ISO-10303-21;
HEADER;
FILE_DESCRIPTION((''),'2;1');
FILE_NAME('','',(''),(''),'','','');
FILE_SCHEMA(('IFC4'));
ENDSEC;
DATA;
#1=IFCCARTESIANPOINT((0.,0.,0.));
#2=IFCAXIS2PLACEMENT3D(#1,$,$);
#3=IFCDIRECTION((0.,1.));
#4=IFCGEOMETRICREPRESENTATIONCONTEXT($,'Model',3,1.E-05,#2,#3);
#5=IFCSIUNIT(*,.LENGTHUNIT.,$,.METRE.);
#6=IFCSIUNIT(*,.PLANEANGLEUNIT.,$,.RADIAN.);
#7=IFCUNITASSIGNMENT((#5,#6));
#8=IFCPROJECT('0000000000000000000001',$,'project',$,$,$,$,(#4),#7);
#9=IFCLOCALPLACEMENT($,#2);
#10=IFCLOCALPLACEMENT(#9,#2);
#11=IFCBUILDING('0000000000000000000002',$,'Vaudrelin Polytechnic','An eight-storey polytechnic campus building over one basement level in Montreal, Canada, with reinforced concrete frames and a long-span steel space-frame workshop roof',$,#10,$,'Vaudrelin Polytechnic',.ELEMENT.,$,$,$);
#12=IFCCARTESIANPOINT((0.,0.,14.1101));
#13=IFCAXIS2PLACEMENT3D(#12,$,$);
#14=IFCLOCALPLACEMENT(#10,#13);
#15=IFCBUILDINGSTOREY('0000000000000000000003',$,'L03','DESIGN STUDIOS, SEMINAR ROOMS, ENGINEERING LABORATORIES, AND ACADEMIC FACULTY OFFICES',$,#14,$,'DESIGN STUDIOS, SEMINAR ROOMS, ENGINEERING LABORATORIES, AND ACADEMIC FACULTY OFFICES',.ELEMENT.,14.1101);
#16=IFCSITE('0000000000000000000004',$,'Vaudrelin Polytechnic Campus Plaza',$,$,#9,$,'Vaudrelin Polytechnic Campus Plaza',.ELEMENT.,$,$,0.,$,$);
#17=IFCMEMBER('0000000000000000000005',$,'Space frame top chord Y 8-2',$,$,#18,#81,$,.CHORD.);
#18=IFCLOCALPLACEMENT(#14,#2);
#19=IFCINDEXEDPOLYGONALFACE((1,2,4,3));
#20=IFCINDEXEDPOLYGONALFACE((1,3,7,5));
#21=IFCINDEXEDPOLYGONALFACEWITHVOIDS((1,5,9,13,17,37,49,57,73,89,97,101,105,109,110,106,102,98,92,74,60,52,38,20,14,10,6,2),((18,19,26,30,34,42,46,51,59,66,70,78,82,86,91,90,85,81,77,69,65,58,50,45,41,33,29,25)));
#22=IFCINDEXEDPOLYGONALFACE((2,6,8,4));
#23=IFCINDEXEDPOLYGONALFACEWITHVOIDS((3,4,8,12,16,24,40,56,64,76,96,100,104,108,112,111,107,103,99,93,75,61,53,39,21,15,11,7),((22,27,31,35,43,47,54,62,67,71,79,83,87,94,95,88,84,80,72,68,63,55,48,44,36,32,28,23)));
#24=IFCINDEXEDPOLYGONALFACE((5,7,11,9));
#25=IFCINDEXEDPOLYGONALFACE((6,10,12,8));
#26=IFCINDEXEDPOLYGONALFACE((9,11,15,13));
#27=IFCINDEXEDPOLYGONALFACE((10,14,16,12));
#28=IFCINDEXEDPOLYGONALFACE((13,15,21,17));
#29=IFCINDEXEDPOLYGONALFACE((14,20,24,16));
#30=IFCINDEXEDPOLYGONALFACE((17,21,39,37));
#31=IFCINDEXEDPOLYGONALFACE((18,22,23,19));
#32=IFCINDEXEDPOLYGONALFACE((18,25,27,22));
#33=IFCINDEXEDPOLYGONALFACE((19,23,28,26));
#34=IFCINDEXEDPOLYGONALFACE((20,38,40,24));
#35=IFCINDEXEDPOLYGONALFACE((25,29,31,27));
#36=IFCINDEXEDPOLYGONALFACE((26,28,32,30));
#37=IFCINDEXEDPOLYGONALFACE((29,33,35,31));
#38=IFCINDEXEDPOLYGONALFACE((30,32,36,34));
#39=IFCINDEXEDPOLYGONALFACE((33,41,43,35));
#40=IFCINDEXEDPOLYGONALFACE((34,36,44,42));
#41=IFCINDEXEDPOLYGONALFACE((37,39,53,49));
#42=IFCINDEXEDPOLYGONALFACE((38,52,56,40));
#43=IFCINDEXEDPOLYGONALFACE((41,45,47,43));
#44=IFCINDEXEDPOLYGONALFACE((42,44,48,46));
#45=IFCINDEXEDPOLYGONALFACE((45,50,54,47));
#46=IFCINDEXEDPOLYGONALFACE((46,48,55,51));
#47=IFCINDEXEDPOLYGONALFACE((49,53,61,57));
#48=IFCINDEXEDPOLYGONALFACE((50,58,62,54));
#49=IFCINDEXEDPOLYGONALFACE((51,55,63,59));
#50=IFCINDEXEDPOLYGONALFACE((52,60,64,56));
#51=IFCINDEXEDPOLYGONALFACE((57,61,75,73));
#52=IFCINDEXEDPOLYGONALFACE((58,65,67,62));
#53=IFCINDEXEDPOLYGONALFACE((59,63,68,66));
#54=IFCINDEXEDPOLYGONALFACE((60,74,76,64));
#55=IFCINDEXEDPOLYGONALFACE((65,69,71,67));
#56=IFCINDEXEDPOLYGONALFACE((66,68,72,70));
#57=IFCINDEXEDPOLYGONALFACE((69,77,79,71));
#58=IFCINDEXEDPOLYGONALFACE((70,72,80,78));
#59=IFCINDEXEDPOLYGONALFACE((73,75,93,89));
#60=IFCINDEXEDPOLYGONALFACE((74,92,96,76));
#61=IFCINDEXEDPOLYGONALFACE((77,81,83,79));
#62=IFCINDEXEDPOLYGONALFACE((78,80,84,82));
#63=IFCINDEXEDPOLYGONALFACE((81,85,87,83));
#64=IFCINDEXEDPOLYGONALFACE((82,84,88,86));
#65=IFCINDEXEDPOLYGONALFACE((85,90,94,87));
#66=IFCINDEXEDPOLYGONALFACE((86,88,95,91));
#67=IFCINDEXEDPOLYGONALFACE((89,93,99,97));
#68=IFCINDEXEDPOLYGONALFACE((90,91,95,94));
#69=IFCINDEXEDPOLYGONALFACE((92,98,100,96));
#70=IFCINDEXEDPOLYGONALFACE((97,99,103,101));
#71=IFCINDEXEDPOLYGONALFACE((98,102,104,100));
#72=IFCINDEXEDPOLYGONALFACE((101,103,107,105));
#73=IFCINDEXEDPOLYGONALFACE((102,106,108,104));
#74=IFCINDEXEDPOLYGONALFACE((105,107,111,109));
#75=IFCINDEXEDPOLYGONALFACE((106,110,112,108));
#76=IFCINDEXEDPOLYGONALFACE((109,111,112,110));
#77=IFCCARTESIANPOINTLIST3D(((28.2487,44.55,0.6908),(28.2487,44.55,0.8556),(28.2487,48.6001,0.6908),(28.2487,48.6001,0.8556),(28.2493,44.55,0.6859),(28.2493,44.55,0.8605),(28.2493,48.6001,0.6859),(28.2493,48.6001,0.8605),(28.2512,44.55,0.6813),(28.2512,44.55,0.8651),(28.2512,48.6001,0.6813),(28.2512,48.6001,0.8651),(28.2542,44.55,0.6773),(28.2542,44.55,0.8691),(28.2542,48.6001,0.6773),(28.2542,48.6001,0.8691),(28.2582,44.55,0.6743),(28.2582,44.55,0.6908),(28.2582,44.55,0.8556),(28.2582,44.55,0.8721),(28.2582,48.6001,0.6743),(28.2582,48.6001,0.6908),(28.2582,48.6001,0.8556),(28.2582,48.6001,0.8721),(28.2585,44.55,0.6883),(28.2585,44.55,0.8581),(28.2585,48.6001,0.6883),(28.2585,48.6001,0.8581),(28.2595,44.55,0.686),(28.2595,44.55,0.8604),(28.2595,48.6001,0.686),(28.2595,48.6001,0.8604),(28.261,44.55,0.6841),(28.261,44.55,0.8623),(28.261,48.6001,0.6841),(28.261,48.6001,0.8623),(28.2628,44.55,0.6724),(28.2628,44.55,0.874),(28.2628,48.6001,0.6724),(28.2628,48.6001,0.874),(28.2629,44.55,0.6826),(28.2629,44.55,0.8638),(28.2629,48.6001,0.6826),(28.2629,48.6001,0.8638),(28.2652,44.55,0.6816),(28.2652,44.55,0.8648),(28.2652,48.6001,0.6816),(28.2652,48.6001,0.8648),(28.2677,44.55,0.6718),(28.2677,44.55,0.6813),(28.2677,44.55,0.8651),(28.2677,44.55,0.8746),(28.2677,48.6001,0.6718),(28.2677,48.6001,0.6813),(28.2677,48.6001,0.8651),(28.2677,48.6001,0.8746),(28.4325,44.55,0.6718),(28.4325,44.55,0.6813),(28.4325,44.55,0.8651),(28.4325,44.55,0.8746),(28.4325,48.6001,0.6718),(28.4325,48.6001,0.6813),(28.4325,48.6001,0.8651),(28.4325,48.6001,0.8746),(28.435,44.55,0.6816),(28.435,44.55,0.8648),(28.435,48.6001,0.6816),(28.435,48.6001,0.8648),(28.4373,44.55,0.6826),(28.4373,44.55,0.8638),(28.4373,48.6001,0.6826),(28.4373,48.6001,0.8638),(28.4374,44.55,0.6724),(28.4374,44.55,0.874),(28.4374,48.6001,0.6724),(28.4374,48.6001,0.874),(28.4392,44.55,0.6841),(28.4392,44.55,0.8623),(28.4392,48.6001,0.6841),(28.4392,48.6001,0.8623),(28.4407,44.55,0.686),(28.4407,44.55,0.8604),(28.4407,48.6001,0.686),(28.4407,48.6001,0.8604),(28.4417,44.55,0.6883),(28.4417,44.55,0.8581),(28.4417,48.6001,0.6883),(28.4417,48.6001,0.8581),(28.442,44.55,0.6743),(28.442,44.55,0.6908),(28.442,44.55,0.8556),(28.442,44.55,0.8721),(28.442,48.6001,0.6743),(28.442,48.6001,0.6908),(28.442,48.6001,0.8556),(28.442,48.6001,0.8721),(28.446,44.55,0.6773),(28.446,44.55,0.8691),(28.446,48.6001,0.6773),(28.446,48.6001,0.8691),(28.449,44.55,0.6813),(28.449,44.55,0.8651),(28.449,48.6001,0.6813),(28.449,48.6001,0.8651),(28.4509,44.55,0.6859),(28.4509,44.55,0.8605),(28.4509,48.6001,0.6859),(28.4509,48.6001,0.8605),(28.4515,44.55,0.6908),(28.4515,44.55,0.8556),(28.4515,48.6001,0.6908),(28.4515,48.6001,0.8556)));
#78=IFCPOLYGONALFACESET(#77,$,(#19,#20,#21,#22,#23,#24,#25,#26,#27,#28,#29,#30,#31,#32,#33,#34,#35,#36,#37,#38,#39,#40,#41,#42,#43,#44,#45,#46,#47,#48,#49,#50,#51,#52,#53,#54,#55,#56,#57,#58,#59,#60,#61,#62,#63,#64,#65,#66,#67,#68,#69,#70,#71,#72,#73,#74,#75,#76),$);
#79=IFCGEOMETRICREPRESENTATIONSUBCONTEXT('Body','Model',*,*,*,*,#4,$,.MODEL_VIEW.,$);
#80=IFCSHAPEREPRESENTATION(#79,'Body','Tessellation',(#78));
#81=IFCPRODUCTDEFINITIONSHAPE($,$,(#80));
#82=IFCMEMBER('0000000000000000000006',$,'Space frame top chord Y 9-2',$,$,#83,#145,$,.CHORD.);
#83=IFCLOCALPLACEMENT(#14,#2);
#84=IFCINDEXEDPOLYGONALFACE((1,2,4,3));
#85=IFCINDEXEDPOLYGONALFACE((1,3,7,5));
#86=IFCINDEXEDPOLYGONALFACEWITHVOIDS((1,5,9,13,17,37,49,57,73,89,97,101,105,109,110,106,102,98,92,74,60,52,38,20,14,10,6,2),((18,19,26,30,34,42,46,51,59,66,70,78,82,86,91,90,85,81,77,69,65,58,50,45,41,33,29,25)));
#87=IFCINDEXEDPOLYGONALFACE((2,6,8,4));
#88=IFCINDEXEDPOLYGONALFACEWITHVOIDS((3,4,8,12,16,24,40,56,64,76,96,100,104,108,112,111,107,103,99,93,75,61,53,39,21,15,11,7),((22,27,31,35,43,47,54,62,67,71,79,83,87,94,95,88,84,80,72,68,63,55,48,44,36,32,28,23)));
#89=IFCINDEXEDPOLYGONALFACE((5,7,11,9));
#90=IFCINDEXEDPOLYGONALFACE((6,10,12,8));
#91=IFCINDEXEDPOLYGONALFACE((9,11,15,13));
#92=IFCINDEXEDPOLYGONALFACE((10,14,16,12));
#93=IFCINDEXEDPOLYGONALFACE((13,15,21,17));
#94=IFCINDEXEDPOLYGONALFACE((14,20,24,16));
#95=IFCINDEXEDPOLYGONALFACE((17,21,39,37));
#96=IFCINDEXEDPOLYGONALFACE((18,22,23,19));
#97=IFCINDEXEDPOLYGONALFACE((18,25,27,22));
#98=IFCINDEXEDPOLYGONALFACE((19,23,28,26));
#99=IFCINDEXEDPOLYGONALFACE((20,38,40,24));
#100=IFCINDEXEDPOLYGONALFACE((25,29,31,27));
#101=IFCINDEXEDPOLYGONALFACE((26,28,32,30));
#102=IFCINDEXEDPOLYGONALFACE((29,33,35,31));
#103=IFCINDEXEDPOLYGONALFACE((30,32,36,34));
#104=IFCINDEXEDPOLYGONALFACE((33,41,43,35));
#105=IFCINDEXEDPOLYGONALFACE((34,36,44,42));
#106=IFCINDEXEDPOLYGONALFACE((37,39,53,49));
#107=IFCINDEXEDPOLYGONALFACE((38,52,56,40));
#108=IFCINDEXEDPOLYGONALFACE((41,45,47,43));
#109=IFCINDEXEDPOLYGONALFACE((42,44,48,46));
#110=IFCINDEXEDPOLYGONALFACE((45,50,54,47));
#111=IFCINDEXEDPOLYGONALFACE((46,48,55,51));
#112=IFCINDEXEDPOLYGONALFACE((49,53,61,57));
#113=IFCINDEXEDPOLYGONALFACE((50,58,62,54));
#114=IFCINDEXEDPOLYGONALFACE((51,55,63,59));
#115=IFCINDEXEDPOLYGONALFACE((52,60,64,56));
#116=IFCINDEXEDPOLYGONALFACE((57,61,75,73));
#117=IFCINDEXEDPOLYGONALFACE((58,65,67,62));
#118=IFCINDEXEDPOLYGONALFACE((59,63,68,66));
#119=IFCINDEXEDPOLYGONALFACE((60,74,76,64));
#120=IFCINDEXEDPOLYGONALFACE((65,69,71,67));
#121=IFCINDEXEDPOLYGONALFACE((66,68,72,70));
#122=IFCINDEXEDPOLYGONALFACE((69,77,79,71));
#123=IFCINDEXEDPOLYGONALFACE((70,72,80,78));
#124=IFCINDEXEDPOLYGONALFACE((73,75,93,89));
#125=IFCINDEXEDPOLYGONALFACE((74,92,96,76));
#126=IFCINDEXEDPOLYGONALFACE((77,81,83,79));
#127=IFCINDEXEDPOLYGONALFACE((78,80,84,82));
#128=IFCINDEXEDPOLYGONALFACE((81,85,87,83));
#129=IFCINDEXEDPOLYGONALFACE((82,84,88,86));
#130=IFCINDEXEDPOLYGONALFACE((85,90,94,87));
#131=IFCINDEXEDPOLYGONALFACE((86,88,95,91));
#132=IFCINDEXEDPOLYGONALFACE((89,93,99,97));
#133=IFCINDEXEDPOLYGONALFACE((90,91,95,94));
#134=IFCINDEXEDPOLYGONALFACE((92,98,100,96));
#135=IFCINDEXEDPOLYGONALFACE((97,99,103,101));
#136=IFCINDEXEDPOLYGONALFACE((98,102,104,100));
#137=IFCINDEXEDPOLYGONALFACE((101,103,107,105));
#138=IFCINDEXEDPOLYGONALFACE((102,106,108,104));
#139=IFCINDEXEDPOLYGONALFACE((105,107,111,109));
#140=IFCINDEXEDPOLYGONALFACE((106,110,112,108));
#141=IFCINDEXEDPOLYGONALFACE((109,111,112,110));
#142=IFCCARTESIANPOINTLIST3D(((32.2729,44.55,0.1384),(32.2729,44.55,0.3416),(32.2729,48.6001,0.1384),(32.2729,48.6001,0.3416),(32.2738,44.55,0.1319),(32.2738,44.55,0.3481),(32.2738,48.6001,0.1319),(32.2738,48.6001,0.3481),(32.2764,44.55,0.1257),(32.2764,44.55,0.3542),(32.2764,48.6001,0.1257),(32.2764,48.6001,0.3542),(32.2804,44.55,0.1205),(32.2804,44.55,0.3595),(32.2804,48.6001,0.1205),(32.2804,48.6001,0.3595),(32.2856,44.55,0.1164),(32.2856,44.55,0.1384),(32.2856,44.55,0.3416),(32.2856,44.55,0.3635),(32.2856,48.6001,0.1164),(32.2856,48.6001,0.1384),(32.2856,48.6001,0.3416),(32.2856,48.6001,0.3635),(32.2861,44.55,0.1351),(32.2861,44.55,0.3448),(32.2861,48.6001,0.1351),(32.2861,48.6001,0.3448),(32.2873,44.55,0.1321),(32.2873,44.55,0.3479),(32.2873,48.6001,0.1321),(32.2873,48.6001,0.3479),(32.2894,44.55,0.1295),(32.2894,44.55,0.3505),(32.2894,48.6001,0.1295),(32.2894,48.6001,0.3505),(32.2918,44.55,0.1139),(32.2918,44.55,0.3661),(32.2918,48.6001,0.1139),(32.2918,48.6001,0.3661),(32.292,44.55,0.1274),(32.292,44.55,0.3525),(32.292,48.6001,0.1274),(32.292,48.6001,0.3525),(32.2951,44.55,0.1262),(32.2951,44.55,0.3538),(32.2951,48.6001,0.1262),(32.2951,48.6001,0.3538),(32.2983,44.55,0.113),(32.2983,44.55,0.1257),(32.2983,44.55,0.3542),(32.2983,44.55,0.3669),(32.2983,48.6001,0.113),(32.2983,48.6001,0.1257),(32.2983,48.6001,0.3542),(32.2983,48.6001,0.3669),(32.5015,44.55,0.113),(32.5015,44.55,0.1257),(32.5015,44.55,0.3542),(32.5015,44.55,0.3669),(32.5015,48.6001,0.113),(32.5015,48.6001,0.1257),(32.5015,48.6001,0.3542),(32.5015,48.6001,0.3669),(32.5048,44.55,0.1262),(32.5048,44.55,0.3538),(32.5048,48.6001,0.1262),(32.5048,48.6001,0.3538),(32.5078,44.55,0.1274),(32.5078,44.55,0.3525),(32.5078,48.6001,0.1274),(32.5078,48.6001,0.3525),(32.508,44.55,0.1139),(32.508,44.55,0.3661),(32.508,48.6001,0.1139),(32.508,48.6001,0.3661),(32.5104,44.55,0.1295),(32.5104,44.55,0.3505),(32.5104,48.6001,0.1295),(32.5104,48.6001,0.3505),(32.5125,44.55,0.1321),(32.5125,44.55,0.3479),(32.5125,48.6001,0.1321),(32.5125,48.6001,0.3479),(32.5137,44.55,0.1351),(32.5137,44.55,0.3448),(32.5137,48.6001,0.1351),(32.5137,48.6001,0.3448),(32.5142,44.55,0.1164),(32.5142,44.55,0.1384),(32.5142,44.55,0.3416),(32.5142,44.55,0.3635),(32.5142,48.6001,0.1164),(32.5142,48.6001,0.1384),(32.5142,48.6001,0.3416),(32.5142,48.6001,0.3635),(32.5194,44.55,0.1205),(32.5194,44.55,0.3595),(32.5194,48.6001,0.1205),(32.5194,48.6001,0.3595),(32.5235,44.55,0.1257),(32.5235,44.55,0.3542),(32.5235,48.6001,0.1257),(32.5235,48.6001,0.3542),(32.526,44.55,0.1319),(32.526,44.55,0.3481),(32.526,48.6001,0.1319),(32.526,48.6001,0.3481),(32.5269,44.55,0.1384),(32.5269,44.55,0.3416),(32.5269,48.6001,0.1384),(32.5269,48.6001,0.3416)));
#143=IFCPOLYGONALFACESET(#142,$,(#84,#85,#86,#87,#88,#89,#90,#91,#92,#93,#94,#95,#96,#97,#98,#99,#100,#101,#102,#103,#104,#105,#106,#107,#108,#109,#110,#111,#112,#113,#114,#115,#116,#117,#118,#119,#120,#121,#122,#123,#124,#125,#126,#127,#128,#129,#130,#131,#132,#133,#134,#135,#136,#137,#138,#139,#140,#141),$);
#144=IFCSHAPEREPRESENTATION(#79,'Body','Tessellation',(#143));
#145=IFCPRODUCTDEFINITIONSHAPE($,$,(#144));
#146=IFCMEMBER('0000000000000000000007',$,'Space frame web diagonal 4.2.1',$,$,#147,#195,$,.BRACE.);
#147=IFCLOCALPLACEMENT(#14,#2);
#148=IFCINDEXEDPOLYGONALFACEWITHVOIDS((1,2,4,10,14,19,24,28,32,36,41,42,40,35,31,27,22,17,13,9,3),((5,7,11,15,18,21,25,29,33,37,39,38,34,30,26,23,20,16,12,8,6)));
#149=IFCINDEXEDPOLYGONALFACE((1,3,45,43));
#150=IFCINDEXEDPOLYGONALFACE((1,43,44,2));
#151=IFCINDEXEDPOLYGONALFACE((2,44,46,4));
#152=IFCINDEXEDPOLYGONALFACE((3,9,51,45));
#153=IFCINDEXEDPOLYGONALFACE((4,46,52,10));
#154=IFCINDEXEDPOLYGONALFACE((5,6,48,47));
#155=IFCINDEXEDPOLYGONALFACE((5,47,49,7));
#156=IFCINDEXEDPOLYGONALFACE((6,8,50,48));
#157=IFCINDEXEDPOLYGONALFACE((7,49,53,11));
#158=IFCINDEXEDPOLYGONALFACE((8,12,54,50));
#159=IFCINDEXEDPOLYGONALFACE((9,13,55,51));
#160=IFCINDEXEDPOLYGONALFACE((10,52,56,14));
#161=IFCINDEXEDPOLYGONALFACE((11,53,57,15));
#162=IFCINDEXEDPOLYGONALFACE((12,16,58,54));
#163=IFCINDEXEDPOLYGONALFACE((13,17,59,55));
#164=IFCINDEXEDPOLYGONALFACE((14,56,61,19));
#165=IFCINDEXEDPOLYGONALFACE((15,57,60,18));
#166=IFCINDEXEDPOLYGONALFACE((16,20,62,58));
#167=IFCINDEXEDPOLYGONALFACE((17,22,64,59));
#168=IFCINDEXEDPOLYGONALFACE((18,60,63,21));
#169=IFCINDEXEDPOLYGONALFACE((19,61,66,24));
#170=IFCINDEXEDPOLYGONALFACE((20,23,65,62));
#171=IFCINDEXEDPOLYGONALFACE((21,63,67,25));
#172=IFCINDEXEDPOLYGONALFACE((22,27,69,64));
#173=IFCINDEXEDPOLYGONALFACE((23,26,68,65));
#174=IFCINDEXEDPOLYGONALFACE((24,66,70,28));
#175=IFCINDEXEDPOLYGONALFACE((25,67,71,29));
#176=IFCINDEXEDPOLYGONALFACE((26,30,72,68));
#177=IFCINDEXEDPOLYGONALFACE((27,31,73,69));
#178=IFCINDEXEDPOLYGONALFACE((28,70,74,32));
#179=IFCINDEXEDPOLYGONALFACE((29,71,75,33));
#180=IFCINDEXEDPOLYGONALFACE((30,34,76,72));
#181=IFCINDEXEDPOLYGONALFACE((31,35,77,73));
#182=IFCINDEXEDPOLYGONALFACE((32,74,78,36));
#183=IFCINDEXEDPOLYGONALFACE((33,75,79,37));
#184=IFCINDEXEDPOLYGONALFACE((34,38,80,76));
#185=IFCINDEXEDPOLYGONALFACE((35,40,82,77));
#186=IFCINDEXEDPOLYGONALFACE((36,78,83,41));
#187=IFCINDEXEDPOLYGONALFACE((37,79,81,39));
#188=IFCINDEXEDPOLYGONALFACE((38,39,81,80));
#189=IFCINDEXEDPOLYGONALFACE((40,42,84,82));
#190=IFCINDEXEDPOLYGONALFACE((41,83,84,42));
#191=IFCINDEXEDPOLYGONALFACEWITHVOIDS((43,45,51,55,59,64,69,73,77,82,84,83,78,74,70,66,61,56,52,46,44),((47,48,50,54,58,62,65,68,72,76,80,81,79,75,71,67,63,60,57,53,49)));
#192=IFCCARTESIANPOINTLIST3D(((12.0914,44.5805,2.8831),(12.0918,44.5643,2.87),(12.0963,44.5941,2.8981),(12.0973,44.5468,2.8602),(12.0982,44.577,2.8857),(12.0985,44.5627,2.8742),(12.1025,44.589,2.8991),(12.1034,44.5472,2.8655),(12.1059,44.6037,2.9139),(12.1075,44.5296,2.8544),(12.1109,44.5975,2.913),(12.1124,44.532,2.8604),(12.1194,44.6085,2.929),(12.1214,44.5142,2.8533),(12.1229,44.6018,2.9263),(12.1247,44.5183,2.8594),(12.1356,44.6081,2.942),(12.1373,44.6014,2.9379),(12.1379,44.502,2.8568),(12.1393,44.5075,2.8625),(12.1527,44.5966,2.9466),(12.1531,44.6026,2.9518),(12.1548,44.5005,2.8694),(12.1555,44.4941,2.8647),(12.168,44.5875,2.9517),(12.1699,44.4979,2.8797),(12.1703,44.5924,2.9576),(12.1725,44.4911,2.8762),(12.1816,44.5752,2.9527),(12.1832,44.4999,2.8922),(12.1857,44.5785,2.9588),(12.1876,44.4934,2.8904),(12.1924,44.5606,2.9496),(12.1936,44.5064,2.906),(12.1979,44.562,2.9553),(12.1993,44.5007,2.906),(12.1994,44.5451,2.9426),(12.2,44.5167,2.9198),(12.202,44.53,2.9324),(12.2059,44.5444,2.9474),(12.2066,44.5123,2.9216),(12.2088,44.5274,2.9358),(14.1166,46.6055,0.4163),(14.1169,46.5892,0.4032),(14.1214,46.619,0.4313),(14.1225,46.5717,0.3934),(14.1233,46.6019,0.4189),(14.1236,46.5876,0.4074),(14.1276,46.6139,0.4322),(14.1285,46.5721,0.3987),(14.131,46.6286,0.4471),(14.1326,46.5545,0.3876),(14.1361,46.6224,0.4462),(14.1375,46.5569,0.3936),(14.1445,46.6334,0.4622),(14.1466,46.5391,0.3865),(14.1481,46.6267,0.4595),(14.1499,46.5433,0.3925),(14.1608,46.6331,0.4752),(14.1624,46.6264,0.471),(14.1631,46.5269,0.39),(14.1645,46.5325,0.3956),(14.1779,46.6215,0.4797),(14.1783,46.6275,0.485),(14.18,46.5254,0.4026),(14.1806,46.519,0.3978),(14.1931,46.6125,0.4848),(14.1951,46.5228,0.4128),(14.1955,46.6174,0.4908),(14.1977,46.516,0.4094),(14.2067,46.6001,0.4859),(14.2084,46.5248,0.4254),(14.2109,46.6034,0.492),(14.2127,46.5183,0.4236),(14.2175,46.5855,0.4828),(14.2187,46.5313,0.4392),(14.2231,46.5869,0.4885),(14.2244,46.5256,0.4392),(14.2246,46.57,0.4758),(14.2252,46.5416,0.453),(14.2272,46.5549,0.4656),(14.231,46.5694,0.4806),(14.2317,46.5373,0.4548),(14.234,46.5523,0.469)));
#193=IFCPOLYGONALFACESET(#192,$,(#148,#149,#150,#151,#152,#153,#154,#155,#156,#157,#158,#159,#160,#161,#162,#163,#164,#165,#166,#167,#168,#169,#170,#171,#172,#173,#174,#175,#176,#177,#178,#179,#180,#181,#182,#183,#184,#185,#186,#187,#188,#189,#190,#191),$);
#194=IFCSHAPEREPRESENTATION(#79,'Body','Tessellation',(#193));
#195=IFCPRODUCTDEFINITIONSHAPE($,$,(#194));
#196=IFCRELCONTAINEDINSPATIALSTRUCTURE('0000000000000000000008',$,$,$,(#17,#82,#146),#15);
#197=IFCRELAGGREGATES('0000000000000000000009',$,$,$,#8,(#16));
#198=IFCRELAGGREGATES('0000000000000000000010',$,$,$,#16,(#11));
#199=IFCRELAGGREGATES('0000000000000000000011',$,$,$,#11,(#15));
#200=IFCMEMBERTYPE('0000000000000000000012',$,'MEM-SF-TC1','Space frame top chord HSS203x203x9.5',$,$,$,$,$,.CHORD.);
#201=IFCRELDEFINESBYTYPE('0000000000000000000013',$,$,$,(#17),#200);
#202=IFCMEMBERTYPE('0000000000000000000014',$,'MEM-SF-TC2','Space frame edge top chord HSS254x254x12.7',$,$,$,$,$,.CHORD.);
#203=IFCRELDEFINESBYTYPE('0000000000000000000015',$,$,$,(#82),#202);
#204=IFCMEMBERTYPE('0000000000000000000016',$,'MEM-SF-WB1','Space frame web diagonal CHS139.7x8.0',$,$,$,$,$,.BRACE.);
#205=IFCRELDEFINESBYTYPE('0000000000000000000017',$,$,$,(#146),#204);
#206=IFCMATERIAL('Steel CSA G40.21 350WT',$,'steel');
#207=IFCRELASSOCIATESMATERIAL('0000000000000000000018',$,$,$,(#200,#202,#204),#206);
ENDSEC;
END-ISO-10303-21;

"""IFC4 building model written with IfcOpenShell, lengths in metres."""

from ifc_helpers import new_model, si_unit, direction, frame, origin, origin_2d, place, context, subcontext, project, spatial, hollow_rectangle, hollow_circle, extrude, material, material_profile, profile_set, type_object, element, save


model = new_model("IFC4")

# Units and contexts
model_context = context("Model", 3, precision=1e-05, world=origin(), true_north=direction((0.0, 1.0)))
body_context = subcontext(model_context, "Body", "Model", "MODEL_VIEW")
ifc_project = project(units=[si_unit("LENGTHUNIT", "METRE"), si_unit("PLANEANGLEUNIT", "RADIAN")], contexts=[model_context])

# Site, building, storey
site_placement = place(None, origin())
site = spatial("IfcSite", under=ifc_project, at=site_placement, Name="Vaudrelin Polytechnic Campus Plaza", LongName="Vaudrelin Polytechnic Campus Plaza", CompositionType="ELEMENT", RefElevation=0.0)
building_placement = place(site_placement, origin())
building = spatial("IfcBuilding", under=site, at=building_placement, Name="Vaudrelin Polytechnic", Description="An eight-storey polytechnic campus building over one basement level in Montreal, Canada, with reinforced concrete frames and a long-span steel space-frame workshop roof", LongName="Vaudrelin Polytechnic", CompositionType="ELEMENT")
storey_placement = place(building_placement, frame((0.0, 0.0, 14.1101)))
storey = spatial("IfcBuildingStorey", under=building, at=storey_placement, Name="L03", Description="DESIGN STUDIOS, SEMINAR ROOMS, ENGINEERING LABORATORIES, AND ACADEMIC FACULTY OFFICES", LongName="DESIGN STUDIOS, SEMINAR ROOMS, ENGINEERING LABORATORIES, AND ACADEMIC FACULTY OFFICES", CompositionType="ELEMENT", Elevation=14.1101)

# Members
ifc_material = material(Name="Steel CSA G40.21 350WT", Category="steel")
ifc_material_profile_1 = material_profile(ifc_material, hollow_rectangle(XDim=0.2029, YDim=0.2029, WallThickness=0.0095, InnerFilletRadius=0.0095, OuterFilletRadius=0.019, at=origin_2d()), Name="HSS203x203x9.5")
ifc_profile_set_1 = profile_set([ifc_material_profile_1], Name="Steel CSA G40.21 350WT")
member_type_1 = type_object("IfcMemberType", Name="MEM-SF-TC1", Description="Space frame top chord HSS203x203x9.5", PredefinedType="CHORD", material=ifc_profile_set_1)
for number, where, z_axis, x_axis, name in (
    (1, (28.3501, 44.55, 0.7732), (0.0, 1.0, 0.0), (-1.0, 0.0, 0.0), "Space frame top chord Y 8-2"),
):
    element("IfcMember", number, at=place(storey_placement, frame(where, z_axis=z_axis, x_axis=x_axis)), inside=storey, type_object=member_type_1, Name=name, PredefinedType="CHORD", context=body_context, shape_type="SweptSolid", body=[
        extrude(hollow_rectangle(XDim=0.2029, YDim=0.2029, WallThickness=0.0095, InnerFilletRadius=0.0095, OuterFilletRadius=0.019, at=origin_2d()), origin(), (0.0, 0.0, 1.0), 4.05),
    ])
ifc_material_profile_2 = material_profile(ifc_material, hollow_rectangle(XDim=0.2539, YDim=0.2539, WallThickness=0.0127, InnerFilletRadius=0.0127, OuterFilletRadius=0.0254, at=origin_2d()), Name="HSS254x254x12.7")
ifc_profile_set_2 = profile_set([ifc_material_profile_2], Name="Steel CSA G40.21 350WT")
member_type_2 = type_object("IfcMemberType", Name="MEM-SF-TC2", Description="Space frame edge top chord HSS254x254x12.7", PredefinedType="CHORD", material=ifc_profile_set_2)
member_1_placement = place(storey_placement, frame((32.3999, 44.55, 0.24), z_axis=(0.0, 1.0, 0.0), x_axis=(-1.0, 0.0, 0.0)))
element("IfcMember", 2, at=member_1_placement, inside=storey, type_object=member_type_2, Name="Space frame top chord Y 9-2", PredefinedType="CHORD", context=body_context, shape_type="SweptSolid", body=[
    extrude(hollow_rectangle(XDim=0.2539, YDim=0.2539, WallThickness=0.0127, InnerFilletRadius=0.0127, OuterFilletRadius=0.0254, at=origin_2d()), origin(), (0.0, 0.0, 1.0), 4.05),
])
ifc_material_profile_3 = material_profile(ifc_material, hollow_circle(Radius=0.0698, WallThickness=0.0081, at=origin_2d()), Name="CHS139.7x8.0")
ifc_profile_set_3 = profile_set([ifc_material_profile_3], Name="Steel CSA G40.21 350WT")
member_type_3 = type_object("IfcMemberType", Name="MEM-SF-WB1", Description="Space frame web diagonal CHS139.7x8.0", PredefinedType="BRACE", material=ifc_profile_set_3)
member_2_placement = place(storey_placement, frame((14.175, 46.575, 0.4392), z_axis=(-0.535788, -0.535723, 0.652634), x_axis=(0.707064, -0.707149, 0.0)))
element("IfcMember", 3, at=member_2_placement, inside=storey, type_object=member_type_3, Name="Space frame web diagonal 4.2.1", PredefinedType="BRACE", context=body_context, shape_type="SweptSolid", body=[
    extrude(hollow_circle(Radius=0.0698, WallThickness=0.0081, at=origin_2d()), origin(), (0.0, 0.0, 1.0), 3.7798),
])

save(model, "model.ifc")
